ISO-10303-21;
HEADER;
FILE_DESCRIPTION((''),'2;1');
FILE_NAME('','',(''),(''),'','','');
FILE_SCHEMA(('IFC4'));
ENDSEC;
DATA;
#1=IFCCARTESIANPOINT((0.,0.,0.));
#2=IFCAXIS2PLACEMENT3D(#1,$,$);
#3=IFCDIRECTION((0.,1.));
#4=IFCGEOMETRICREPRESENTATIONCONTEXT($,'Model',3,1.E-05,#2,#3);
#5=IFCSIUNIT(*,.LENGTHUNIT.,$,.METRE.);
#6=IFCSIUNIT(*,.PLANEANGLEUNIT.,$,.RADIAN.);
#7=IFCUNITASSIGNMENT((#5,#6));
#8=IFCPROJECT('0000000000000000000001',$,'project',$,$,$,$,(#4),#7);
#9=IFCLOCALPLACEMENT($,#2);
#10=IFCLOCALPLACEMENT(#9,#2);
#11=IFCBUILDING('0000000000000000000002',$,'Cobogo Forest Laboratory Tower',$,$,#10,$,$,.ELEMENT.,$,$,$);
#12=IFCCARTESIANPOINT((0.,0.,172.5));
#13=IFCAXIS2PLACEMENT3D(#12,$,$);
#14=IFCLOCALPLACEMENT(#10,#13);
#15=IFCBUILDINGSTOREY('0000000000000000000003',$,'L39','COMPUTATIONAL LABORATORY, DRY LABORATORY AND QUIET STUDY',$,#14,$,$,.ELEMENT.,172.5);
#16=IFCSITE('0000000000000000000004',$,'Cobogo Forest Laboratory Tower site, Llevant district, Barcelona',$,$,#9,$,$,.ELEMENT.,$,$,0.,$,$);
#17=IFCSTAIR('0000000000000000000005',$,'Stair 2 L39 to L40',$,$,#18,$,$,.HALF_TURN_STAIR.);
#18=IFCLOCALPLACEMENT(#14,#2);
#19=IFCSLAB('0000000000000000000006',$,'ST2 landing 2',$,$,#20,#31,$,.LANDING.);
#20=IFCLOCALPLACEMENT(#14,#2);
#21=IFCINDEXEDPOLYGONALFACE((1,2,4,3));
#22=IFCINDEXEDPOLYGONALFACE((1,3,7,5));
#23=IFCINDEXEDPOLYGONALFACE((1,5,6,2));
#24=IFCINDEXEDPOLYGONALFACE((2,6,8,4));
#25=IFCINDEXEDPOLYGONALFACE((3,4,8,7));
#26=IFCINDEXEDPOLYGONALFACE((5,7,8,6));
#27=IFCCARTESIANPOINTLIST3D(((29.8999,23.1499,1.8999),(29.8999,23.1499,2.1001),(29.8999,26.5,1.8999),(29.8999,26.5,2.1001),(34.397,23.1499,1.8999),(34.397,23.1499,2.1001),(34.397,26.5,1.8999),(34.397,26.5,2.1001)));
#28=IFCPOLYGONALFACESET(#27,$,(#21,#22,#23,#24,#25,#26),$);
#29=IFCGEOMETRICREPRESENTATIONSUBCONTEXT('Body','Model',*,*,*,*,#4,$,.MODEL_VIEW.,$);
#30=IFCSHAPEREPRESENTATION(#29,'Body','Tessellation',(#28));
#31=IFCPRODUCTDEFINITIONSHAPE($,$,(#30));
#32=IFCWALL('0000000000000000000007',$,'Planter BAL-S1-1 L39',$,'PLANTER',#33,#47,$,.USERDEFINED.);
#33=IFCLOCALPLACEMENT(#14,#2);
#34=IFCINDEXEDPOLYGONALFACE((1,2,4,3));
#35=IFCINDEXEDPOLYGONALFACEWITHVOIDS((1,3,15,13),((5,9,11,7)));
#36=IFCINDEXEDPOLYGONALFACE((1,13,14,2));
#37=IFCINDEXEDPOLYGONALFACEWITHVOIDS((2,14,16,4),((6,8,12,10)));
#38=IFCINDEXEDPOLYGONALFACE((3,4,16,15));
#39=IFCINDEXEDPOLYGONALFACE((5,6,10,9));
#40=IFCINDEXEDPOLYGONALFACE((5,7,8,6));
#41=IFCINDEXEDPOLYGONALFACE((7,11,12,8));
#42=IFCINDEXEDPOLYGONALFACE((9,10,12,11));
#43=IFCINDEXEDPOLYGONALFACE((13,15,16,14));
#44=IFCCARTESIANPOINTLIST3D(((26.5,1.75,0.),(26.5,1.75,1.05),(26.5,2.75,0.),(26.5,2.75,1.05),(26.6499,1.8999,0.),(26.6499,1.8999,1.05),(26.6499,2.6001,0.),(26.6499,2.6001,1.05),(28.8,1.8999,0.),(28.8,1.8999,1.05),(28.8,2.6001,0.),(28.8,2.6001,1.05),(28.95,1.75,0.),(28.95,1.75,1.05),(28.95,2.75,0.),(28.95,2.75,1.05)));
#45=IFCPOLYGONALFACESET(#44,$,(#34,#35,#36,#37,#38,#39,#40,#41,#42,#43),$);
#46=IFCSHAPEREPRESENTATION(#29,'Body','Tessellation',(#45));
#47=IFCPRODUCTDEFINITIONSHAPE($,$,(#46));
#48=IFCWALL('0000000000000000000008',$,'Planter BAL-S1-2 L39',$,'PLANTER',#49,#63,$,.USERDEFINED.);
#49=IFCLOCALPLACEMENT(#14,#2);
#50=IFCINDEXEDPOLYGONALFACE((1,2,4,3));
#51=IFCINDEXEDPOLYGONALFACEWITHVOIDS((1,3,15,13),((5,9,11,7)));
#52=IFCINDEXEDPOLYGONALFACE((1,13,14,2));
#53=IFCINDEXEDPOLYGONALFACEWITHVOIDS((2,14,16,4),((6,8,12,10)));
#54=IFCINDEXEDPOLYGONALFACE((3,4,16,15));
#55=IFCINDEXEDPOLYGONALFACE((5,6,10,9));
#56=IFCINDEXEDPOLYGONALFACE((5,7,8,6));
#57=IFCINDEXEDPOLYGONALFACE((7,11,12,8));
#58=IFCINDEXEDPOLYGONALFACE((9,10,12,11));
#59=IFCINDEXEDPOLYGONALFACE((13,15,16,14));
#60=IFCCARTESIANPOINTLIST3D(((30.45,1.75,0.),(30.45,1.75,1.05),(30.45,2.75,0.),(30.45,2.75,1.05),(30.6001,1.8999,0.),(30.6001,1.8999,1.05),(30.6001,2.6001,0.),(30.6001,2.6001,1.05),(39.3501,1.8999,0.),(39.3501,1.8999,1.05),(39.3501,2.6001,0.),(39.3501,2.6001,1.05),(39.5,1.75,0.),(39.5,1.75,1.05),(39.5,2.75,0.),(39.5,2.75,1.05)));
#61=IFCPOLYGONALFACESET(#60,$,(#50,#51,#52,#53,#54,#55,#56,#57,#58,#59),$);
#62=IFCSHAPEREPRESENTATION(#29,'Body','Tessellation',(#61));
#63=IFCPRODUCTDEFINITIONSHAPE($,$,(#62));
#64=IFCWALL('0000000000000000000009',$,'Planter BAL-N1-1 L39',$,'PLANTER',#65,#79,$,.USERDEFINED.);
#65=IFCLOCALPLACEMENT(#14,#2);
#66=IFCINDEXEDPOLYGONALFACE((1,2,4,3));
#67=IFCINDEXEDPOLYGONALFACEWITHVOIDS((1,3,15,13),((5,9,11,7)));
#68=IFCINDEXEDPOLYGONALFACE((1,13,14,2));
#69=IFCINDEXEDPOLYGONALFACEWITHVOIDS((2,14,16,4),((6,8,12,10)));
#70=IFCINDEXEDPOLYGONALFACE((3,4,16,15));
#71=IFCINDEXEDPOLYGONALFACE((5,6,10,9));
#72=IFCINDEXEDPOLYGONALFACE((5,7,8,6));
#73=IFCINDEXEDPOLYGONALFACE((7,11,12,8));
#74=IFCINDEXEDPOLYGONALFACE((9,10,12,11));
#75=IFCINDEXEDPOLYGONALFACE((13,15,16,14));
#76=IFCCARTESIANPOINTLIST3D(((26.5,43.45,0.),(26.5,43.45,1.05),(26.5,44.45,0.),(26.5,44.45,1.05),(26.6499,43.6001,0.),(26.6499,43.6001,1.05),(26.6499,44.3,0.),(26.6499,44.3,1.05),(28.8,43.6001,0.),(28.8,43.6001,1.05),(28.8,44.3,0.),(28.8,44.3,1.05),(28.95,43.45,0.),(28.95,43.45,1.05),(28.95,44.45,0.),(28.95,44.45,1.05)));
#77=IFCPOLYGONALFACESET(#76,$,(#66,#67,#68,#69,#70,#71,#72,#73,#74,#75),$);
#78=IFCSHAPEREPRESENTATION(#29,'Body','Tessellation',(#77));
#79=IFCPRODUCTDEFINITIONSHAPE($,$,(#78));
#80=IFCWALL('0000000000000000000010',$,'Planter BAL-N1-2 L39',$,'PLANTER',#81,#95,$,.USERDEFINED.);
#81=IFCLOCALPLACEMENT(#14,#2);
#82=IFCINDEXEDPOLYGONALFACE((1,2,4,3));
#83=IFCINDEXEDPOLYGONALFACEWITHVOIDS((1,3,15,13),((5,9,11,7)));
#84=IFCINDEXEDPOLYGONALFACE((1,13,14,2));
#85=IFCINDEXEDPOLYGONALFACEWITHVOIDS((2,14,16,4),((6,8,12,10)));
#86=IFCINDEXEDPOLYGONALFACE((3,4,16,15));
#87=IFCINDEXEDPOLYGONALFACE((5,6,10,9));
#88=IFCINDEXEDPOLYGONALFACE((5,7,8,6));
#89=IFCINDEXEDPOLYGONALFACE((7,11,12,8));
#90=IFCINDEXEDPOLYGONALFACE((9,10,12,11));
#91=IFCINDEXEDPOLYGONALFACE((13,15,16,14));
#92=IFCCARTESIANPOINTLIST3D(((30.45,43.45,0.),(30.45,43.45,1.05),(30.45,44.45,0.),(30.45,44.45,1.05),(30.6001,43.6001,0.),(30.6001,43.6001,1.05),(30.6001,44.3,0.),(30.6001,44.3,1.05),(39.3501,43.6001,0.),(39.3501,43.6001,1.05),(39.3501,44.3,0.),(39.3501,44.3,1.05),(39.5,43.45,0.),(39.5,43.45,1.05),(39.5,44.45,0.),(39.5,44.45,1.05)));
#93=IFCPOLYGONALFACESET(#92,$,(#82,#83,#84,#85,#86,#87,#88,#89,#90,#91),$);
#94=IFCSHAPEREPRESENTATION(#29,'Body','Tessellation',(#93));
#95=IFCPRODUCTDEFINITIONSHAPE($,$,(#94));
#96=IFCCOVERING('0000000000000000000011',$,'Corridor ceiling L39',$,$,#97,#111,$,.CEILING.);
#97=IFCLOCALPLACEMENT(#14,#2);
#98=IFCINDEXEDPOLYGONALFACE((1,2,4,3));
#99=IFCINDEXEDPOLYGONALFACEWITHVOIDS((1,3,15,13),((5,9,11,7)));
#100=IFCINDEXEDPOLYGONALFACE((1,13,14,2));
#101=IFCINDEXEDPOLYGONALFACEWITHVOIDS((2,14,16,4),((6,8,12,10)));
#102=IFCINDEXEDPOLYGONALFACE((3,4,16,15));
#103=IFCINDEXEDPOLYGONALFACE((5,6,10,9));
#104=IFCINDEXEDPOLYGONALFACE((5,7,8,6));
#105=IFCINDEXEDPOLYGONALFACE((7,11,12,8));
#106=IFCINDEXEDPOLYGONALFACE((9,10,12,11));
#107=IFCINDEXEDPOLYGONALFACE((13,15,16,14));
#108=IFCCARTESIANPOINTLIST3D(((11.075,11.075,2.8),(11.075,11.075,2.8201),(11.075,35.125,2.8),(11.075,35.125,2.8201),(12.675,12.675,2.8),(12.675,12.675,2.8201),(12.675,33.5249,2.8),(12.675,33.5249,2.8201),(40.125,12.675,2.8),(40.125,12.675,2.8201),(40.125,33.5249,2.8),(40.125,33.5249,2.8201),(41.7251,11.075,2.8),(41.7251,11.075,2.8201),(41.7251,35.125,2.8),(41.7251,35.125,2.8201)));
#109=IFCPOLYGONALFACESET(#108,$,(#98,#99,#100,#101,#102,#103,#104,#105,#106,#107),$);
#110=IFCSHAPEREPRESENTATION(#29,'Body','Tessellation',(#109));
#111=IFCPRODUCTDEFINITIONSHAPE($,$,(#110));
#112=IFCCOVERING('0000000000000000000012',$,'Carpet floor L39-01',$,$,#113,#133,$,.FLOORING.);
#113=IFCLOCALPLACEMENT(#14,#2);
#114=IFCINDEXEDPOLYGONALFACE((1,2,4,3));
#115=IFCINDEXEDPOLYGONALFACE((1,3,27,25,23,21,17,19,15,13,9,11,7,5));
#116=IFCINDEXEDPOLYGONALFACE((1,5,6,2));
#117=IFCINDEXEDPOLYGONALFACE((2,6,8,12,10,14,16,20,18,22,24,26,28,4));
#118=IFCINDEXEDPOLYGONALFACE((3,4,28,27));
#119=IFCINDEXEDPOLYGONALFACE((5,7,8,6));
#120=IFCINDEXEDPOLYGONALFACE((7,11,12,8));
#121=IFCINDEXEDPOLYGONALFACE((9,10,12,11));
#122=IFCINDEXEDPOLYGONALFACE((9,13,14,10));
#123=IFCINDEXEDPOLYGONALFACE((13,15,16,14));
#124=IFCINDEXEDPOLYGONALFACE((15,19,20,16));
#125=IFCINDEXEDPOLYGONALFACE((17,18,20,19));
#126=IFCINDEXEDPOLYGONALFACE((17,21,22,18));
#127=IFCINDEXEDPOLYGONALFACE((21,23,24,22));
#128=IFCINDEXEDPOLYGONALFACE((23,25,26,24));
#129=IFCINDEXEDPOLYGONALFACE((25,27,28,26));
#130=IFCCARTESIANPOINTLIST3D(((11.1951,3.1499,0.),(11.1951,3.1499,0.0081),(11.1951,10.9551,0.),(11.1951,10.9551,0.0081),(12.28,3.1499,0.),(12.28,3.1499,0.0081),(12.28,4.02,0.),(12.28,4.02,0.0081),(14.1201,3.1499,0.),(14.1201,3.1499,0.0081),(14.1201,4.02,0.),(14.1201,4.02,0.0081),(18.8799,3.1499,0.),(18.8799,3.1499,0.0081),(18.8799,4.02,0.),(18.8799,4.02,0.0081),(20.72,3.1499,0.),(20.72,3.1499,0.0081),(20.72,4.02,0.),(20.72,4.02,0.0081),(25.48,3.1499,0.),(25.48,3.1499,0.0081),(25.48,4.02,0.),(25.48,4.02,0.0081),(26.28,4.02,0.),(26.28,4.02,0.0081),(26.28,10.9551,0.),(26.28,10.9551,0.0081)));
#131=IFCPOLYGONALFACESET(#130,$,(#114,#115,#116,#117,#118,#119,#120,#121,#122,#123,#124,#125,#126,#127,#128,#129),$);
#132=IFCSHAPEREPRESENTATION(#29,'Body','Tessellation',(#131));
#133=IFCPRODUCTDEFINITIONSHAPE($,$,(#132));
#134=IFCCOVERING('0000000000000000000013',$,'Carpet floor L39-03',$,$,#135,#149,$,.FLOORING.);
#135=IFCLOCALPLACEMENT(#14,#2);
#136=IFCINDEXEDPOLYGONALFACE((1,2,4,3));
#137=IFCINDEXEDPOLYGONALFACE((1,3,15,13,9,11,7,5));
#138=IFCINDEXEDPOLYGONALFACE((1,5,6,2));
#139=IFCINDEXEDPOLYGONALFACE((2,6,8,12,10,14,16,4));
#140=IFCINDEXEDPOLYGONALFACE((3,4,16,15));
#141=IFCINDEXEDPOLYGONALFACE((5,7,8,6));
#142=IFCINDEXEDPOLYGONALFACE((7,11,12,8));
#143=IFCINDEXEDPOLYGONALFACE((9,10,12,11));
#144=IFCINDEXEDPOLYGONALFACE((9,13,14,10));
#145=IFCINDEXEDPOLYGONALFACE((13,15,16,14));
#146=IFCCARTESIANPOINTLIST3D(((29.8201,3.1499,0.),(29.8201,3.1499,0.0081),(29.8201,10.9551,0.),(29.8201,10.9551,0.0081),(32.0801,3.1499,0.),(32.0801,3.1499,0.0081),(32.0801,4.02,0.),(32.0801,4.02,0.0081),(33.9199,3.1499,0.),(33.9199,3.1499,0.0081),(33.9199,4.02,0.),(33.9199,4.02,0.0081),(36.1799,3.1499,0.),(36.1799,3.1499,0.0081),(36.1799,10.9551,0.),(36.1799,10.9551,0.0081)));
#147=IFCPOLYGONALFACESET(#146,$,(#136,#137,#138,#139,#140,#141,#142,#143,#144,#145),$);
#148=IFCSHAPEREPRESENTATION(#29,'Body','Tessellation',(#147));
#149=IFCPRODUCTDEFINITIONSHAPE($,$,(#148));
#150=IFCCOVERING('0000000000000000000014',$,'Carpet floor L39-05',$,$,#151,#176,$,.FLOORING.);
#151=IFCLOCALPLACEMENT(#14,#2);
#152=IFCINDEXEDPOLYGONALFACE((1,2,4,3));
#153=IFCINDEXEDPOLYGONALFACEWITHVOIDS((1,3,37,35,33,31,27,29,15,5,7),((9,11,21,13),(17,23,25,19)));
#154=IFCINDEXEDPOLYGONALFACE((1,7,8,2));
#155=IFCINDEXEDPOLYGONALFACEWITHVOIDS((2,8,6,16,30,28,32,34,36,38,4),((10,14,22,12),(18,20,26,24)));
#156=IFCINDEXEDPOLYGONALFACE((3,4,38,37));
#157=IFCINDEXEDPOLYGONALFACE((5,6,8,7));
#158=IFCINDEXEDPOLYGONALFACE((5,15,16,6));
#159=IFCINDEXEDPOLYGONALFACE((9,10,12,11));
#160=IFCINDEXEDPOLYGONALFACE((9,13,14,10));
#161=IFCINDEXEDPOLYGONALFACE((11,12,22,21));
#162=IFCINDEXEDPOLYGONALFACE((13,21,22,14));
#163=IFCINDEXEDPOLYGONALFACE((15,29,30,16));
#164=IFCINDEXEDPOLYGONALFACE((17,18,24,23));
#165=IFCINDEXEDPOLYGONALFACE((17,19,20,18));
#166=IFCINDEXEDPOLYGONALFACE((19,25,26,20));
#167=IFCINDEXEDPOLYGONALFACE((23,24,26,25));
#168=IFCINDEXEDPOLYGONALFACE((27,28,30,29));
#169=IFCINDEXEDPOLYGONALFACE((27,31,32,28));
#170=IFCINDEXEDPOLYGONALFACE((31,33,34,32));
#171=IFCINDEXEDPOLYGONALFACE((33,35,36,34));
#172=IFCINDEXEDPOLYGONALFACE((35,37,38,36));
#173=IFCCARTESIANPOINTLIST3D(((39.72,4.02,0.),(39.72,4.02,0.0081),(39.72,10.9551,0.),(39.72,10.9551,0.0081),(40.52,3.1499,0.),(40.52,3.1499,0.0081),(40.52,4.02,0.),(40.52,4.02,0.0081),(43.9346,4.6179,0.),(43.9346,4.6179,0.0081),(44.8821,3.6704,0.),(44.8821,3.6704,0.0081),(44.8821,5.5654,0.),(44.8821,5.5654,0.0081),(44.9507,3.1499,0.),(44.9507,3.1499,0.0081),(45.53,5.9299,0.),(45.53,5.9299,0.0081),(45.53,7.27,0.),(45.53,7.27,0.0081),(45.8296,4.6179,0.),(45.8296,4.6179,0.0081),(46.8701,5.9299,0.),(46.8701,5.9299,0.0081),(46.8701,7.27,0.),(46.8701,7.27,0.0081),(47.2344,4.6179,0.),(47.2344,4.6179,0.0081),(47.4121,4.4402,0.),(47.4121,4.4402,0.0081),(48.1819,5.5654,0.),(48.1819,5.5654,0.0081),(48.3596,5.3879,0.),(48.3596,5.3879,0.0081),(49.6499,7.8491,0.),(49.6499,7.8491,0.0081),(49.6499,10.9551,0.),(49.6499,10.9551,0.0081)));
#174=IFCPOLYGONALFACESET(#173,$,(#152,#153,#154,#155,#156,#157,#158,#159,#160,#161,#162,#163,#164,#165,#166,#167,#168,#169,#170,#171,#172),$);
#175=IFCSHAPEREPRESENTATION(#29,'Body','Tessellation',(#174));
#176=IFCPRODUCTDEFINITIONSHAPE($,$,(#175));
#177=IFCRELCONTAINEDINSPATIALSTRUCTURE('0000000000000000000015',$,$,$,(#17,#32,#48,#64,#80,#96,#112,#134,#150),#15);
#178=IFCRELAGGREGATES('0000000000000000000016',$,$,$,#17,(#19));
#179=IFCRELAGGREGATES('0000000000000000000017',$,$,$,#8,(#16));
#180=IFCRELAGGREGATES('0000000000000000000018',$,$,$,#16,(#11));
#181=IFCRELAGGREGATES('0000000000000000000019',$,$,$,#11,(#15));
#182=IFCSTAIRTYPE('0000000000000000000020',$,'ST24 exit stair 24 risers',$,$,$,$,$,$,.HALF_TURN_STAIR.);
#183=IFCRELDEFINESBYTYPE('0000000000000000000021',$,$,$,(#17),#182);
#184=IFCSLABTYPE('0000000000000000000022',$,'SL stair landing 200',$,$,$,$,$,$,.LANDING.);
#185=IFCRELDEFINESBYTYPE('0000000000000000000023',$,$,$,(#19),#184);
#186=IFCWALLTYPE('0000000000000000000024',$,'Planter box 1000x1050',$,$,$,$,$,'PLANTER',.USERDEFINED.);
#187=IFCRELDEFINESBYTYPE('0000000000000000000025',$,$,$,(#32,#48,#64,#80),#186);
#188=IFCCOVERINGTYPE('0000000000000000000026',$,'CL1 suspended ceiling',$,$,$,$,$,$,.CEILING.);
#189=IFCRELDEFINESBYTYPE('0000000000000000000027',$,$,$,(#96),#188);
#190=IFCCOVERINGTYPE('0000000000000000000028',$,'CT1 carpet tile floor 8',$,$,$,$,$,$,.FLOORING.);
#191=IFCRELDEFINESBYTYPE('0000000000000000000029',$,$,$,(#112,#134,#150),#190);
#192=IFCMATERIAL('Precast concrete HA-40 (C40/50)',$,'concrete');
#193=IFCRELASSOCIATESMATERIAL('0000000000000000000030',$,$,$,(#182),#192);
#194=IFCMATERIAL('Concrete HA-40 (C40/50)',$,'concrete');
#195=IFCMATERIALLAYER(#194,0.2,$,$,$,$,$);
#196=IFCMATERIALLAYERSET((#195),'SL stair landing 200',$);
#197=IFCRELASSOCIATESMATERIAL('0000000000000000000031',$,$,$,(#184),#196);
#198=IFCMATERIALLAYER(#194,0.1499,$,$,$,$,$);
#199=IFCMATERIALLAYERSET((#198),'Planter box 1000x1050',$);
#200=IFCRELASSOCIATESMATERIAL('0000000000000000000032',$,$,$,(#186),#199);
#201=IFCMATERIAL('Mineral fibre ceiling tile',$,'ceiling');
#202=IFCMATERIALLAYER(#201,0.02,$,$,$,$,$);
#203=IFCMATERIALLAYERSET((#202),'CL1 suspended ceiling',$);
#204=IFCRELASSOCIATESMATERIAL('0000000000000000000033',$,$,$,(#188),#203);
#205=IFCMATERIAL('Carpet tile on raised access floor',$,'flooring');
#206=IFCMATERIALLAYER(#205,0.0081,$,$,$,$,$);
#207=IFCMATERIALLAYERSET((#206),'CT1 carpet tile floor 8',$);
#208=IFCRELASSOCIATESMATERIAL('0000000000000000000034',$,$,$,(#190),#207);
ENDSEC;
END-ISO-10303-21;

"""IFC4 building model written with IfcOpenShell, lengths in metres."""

from ifc_helpers import new_model, si_unit, direction, frame, origin, place, context, subcontext, project, spatial, polyline, outline, extrude, material, layer, layer_set, type_object, element, aggregate, save


model = new_model("IFC4")

# Units and contexts
model_context = context("Model", 3, precision=1e-05, world=origin(), true_north=direction((0.0, 1.0)))
body_context = subcontext(model_context, "Body", "Model", "MODEL_VIEW")
ifc_project = project(units=[si_unit("LENGTHUNIT", "METRE"), si_unit("PLANEANGLEUNIT", "RADIAN")], contexts=[model_context])

# Site, building, storey
site_placement = place(None, origin())
site = spatial("IfcSite", under=ifc_project, at=site_placement, Name="Cobogo Forest Laboratory Tower site, Llevant district, Barcelona", CompositionType="ELEMENT", RefElevation=0.0)
building_placement = place(site_placement, origin())
building = spatial("IfcBuilding", under=site, at=building_placement, Name="Cobogo Forest Laboratory Tower", CompositionType="ELEMENT")
storey_placement = place(building_placement, frame((0.0, 0.0, 172.5)))
storey = spatial("IfcBuildingStorey", under=building, at=storey_placement, Name="L39", Description="COMPUTATIONAL LABORATORY, DRY LABORATORY AND QUIET STUDY", CompositionType="ELEMENT", Elevation=172.5)

# Shared definitions
ifc_material_1 = material(Name="Concrete HA-40 (C40/50)", Category="concrete")

# Stair, slab
ifc_material_2 = material(Name="Precast concrete HA-40 (C40/50)", Category="concrete")
stair_type = type_object("IfcStairType", Name="ST24 exit stair 24 risers", PredefinedType="HALF_TURN_STAIR", material=ifc_material_2)
ifc_layer_1 = layer(ifc_material_1, 0.2)
ifc_layer_set_1 = layer_set([ifc_layer_1], Name="SL stair landing 200")
slab_type_1 = type_object("IfcSlabType", Name="SL stair landing 200", PredefinedType="LANDING", material=ifc_layer_set_1)
stair_1_placement = place(storey_placement, origin())
stair_1 = element("IfcStair", 1, at=stair_1_placement, inside=storey, type_object=stair_type, Name="Stair 2 L39 to L40", PredefinedType="HALF_TURN_STAIR")
slab_1_placement = place(storey_placement, frame((0.0, 0.0, 1.8999)))
slab_1 = element("IfcSlab", 2, at=slab_1_placement, type_object=slab_type_1, Name="ST2 landing 2", PredefinedType="LANDING", context=body_context, shape_type="SweptSolid", body=[
    extrude(outline(polyline([(29.8999, 23.1499), (34.397, 23.1499), (34.397, 26.5), (29.8999, 26.5), (29.8999, 23.1499)])), origin(), (0.0, 0.0, 1.0), 0.2002),
])
aggregate(stair_1, [slab_1])

# Walls
ifc_layer_2 = layer(ifc_material_1, 0.1499)
ifc_layer_set_2 = layer_set([ifc_layer_2], Name="Planter box 1000x1050")
wall_type = type_object("IfcWallType", Name="Planter box 1000x1050", ElementType="PLANTER", PredefinedType="USERDEFINED", material=ifc_layer_set_2)
wall_1_placement = place(storey_placement, origin())
element("IfcWall", 3, at=wall_1_placement, inside=storey, type_object=wall_type, Name="Planter BAL-S1-1 L39", ObjectType="PLANTER", PredefinedType="USERDEFINED", context=body_context, shape_type="SweptSolid", body=[
    extrude(outline(polyline([(26.5, 1.75), (28.95, 1.75), (28.95, 2.75), (26.5, 2.75), (26.5, 1.75)]), holes=[polyline([(26.6499, 1.8999), (28.8, 1.8999), (28.8, 2.6001), (26.6499, 2.6001), (26.6499, 1.8999)])]), origin(), (0.0, 0.0, 1.0), 1.05),
])
wall_2_placement = place(storey_placement, origin())
element("IfcWall", 4, at=wall_2_placement, inside=storey, type_object=wall_type, Name="Planter BAL-S1-2 L39", ObjectType="PLANTER", PredefinedType="USERDEFINED", context=body_context, shape_type="SweptSolid", body=[
    extrude(outline(polyline([(30.45, 1.75), (39.5, 1.75), (39.5, 2.75), (30.45, 2.75), (30.45, 1.75)]), holes=[polyline([(30.6001, 1.8999), (39.3501, 1.8999), (39.3501, 2.6001), (30.6001, 2.6001), (30.6001, 1.8999)])]), origin(), (0.0, 0.0, 1.0), 1.05),
])
wall_3_placement = place(storey_placement, origin())
element("IfcWall", 5, at=wall_3_placement, inside=storey, type_object=wall_type, Name="Planter BAL-N1-1 L39", ObjectType="PLANTER", PredefinedType="USERDEFINED", context=body_context, shape_type="SweptSolid", body=[
    extrude(outline(polyline([(26.5, 43.45), (28.95, 43.45), (28.95, 44.45), (26.5, 44.45), (26.5, 43.45)]), holes=[polyline([(26.6499, 43.6001), (28.8, 43.6001), (28.8, 44.3), (26.6499, 44.3), (26.6499, 43.6001)])]), origin(), (0.0, 0.0, 1.0), 1.05),
])
wall_4_placement = place(storey_placement, origin())
element("IfcWall", 6, at=wall_4_placement, inside=storey, type_object=wall_type, Name="Planter BAL-N1-2 L39", ObjectType="PLANTER", PredefinedType="USERDEFINED", context=body_context, shape_type="SweptSolid", body=[
    extrude(outline(polyline([(30.45, 43.45), (39.5, 43.45), (39.5, 44.45), (30.45, 44.45), (30.45, 43.45)]), holes=[polyline([(30.6001, 43.6001), (39.3501, 43.6001), (39.3501, 44.3), (30.6001, 44.3), (30.6001, 43.6001)])]), origin(), (0.0, 0.0, 1.0), 1.05),
])

# Coverings
ifc_material_3 = material(Name="Mineral fibre ceiling tile", Category="ceiling")
ifc_layer_3 = layer(ifc_material_3, 0.02)
ifc_layer_set_3 = layer_set([ifc_layer_3], Name="CL1 suspended ceiling")
covering_type_1 = type_object("IfcCoveringType", Name="CL1 suspended ceiling", PredefinedType="CEILING", material=ifc_layer_set_3)
covering_1_placement = place(storey_placement, frame((0.0, 0.0, 2.8)))
element("IfcCovering", 7, at=covering_1_placement, inside=storey, type_object=covering_type_1, Name="Corridor ceiling L39", PredefinedType="CEILING", context=body_context, shape_type="SweptSolid", body=[
    extrude(outline(polyline([(11.075, 11.075), (11.075, 35.125), (41.7251, 35.125), (41.7251, 11.075), (11.075, 11.075)]), holes=[polyline([(40.125, 33.5249), (12.675, 33.5249), (12.675, 12.675), (40.125, 12.675), (40.125, 33.5249)])]), origin(), (0.0, 0.0, 1.0), 0.02),
])
ifc_material_4 = material(Name="Carpet tile on raised access floor", Category="flooring")
ifc_layer_4 = layer(ifc_material_4, 0.0081)
ifc_layer_set_4 = layer_set([ifc_layer_4], Name="CT1 carpet tile floor 8")
covering_type_2 = type_object("IfcCoveringType", Name="CT1 carpet tile floor 8", PredefinedType="FLOORING", material=ifc_layer_set_4)
covering_2_placement = place(storey_placement, origin())
element("IfcCovering", 8, at=covering_2_placement, inside=storey, type_object=covering_type_2, Name="Carpet floor L39-01", PredefinedType="FLOORING", context=body_context, shape_type="SweptSolid", body=[
    extrude(outline(polyline([(26.28, 10.9551), (26.28, 4.02), (25.48, 4.02), (25.48, 3.1499), (20.72, 3.1499), (20.72, 4.02), (18.8799, 4.02), (18.8799, 3.1499), (14.1201, 3.1499), (14.1201, 4.02), (12.28, 4.02), (12.28, 3.1499), (11.1951, 3.1499), (11.1951, 10.9551), (26.28, 10.9551)])), origin(), (0.0, 0.0, 1.0), 0.0081),
])
covering_3_placement = place(storey_placement, origin())
element("IfcCovering", 9, at=covering_3_placement, inside=storey, type_object=covering_type_2, Name="Carpet floor L39-03", PredefinedType="FLOORING", context=body_context, shape_type="SweptSolid", body=[
    extrude(outline(polyline([(36.1799, 10.9551), (36.1799, 3.1499), (33.9199, 3.1499), (33.9199, 4.02), (32.0801, 4.02), (32.0801, 3.1499), (29.8201, 3.1499), (29.8201, 10.9551), (36.1799, 10.9551)])), origin(), (0.0, 0.0, 1.0), 0.0081),
])
covering_4_placement = place(storey_placement, origin())
element("IfcCovering", 10, at=covering_4_placement, inside=storey, type_object=covering_type_2, Name="Carpet floor L39-05", PredefinedType="FLOORING", context=body_context, shape_type="SweptSolid", body=[
    extrude(outline(polyline([(49.6499, 10.9551), (49.6499, 7.8491), (48.3596, 5.3879), (48.1819, 5.5654), (47.2344, 4.6179), (47.4121, 4.4402), (44.9507, 3.1499), (40.52, 3.1499), (40.52, 4.02), (39.72, 4.02), (39.72, 10.9551), (49.6499, 10.9551)]), holes=[polyline([(45.53, 5.9299), (46.8701, 5.9299), (46.8701, 7.27), (45.53, 7.27), (45.53, 5.9299)]), polyline([(44.8821, 3.6704), (45.8296, 4.6179), (44.8821, 5.5654), (43.9346, 4.6179), (44.8821, 3.6704)])]), origin(), (0.0, 0.0, 1.0), 0.0081),
])

save(model, "model.ifc")
